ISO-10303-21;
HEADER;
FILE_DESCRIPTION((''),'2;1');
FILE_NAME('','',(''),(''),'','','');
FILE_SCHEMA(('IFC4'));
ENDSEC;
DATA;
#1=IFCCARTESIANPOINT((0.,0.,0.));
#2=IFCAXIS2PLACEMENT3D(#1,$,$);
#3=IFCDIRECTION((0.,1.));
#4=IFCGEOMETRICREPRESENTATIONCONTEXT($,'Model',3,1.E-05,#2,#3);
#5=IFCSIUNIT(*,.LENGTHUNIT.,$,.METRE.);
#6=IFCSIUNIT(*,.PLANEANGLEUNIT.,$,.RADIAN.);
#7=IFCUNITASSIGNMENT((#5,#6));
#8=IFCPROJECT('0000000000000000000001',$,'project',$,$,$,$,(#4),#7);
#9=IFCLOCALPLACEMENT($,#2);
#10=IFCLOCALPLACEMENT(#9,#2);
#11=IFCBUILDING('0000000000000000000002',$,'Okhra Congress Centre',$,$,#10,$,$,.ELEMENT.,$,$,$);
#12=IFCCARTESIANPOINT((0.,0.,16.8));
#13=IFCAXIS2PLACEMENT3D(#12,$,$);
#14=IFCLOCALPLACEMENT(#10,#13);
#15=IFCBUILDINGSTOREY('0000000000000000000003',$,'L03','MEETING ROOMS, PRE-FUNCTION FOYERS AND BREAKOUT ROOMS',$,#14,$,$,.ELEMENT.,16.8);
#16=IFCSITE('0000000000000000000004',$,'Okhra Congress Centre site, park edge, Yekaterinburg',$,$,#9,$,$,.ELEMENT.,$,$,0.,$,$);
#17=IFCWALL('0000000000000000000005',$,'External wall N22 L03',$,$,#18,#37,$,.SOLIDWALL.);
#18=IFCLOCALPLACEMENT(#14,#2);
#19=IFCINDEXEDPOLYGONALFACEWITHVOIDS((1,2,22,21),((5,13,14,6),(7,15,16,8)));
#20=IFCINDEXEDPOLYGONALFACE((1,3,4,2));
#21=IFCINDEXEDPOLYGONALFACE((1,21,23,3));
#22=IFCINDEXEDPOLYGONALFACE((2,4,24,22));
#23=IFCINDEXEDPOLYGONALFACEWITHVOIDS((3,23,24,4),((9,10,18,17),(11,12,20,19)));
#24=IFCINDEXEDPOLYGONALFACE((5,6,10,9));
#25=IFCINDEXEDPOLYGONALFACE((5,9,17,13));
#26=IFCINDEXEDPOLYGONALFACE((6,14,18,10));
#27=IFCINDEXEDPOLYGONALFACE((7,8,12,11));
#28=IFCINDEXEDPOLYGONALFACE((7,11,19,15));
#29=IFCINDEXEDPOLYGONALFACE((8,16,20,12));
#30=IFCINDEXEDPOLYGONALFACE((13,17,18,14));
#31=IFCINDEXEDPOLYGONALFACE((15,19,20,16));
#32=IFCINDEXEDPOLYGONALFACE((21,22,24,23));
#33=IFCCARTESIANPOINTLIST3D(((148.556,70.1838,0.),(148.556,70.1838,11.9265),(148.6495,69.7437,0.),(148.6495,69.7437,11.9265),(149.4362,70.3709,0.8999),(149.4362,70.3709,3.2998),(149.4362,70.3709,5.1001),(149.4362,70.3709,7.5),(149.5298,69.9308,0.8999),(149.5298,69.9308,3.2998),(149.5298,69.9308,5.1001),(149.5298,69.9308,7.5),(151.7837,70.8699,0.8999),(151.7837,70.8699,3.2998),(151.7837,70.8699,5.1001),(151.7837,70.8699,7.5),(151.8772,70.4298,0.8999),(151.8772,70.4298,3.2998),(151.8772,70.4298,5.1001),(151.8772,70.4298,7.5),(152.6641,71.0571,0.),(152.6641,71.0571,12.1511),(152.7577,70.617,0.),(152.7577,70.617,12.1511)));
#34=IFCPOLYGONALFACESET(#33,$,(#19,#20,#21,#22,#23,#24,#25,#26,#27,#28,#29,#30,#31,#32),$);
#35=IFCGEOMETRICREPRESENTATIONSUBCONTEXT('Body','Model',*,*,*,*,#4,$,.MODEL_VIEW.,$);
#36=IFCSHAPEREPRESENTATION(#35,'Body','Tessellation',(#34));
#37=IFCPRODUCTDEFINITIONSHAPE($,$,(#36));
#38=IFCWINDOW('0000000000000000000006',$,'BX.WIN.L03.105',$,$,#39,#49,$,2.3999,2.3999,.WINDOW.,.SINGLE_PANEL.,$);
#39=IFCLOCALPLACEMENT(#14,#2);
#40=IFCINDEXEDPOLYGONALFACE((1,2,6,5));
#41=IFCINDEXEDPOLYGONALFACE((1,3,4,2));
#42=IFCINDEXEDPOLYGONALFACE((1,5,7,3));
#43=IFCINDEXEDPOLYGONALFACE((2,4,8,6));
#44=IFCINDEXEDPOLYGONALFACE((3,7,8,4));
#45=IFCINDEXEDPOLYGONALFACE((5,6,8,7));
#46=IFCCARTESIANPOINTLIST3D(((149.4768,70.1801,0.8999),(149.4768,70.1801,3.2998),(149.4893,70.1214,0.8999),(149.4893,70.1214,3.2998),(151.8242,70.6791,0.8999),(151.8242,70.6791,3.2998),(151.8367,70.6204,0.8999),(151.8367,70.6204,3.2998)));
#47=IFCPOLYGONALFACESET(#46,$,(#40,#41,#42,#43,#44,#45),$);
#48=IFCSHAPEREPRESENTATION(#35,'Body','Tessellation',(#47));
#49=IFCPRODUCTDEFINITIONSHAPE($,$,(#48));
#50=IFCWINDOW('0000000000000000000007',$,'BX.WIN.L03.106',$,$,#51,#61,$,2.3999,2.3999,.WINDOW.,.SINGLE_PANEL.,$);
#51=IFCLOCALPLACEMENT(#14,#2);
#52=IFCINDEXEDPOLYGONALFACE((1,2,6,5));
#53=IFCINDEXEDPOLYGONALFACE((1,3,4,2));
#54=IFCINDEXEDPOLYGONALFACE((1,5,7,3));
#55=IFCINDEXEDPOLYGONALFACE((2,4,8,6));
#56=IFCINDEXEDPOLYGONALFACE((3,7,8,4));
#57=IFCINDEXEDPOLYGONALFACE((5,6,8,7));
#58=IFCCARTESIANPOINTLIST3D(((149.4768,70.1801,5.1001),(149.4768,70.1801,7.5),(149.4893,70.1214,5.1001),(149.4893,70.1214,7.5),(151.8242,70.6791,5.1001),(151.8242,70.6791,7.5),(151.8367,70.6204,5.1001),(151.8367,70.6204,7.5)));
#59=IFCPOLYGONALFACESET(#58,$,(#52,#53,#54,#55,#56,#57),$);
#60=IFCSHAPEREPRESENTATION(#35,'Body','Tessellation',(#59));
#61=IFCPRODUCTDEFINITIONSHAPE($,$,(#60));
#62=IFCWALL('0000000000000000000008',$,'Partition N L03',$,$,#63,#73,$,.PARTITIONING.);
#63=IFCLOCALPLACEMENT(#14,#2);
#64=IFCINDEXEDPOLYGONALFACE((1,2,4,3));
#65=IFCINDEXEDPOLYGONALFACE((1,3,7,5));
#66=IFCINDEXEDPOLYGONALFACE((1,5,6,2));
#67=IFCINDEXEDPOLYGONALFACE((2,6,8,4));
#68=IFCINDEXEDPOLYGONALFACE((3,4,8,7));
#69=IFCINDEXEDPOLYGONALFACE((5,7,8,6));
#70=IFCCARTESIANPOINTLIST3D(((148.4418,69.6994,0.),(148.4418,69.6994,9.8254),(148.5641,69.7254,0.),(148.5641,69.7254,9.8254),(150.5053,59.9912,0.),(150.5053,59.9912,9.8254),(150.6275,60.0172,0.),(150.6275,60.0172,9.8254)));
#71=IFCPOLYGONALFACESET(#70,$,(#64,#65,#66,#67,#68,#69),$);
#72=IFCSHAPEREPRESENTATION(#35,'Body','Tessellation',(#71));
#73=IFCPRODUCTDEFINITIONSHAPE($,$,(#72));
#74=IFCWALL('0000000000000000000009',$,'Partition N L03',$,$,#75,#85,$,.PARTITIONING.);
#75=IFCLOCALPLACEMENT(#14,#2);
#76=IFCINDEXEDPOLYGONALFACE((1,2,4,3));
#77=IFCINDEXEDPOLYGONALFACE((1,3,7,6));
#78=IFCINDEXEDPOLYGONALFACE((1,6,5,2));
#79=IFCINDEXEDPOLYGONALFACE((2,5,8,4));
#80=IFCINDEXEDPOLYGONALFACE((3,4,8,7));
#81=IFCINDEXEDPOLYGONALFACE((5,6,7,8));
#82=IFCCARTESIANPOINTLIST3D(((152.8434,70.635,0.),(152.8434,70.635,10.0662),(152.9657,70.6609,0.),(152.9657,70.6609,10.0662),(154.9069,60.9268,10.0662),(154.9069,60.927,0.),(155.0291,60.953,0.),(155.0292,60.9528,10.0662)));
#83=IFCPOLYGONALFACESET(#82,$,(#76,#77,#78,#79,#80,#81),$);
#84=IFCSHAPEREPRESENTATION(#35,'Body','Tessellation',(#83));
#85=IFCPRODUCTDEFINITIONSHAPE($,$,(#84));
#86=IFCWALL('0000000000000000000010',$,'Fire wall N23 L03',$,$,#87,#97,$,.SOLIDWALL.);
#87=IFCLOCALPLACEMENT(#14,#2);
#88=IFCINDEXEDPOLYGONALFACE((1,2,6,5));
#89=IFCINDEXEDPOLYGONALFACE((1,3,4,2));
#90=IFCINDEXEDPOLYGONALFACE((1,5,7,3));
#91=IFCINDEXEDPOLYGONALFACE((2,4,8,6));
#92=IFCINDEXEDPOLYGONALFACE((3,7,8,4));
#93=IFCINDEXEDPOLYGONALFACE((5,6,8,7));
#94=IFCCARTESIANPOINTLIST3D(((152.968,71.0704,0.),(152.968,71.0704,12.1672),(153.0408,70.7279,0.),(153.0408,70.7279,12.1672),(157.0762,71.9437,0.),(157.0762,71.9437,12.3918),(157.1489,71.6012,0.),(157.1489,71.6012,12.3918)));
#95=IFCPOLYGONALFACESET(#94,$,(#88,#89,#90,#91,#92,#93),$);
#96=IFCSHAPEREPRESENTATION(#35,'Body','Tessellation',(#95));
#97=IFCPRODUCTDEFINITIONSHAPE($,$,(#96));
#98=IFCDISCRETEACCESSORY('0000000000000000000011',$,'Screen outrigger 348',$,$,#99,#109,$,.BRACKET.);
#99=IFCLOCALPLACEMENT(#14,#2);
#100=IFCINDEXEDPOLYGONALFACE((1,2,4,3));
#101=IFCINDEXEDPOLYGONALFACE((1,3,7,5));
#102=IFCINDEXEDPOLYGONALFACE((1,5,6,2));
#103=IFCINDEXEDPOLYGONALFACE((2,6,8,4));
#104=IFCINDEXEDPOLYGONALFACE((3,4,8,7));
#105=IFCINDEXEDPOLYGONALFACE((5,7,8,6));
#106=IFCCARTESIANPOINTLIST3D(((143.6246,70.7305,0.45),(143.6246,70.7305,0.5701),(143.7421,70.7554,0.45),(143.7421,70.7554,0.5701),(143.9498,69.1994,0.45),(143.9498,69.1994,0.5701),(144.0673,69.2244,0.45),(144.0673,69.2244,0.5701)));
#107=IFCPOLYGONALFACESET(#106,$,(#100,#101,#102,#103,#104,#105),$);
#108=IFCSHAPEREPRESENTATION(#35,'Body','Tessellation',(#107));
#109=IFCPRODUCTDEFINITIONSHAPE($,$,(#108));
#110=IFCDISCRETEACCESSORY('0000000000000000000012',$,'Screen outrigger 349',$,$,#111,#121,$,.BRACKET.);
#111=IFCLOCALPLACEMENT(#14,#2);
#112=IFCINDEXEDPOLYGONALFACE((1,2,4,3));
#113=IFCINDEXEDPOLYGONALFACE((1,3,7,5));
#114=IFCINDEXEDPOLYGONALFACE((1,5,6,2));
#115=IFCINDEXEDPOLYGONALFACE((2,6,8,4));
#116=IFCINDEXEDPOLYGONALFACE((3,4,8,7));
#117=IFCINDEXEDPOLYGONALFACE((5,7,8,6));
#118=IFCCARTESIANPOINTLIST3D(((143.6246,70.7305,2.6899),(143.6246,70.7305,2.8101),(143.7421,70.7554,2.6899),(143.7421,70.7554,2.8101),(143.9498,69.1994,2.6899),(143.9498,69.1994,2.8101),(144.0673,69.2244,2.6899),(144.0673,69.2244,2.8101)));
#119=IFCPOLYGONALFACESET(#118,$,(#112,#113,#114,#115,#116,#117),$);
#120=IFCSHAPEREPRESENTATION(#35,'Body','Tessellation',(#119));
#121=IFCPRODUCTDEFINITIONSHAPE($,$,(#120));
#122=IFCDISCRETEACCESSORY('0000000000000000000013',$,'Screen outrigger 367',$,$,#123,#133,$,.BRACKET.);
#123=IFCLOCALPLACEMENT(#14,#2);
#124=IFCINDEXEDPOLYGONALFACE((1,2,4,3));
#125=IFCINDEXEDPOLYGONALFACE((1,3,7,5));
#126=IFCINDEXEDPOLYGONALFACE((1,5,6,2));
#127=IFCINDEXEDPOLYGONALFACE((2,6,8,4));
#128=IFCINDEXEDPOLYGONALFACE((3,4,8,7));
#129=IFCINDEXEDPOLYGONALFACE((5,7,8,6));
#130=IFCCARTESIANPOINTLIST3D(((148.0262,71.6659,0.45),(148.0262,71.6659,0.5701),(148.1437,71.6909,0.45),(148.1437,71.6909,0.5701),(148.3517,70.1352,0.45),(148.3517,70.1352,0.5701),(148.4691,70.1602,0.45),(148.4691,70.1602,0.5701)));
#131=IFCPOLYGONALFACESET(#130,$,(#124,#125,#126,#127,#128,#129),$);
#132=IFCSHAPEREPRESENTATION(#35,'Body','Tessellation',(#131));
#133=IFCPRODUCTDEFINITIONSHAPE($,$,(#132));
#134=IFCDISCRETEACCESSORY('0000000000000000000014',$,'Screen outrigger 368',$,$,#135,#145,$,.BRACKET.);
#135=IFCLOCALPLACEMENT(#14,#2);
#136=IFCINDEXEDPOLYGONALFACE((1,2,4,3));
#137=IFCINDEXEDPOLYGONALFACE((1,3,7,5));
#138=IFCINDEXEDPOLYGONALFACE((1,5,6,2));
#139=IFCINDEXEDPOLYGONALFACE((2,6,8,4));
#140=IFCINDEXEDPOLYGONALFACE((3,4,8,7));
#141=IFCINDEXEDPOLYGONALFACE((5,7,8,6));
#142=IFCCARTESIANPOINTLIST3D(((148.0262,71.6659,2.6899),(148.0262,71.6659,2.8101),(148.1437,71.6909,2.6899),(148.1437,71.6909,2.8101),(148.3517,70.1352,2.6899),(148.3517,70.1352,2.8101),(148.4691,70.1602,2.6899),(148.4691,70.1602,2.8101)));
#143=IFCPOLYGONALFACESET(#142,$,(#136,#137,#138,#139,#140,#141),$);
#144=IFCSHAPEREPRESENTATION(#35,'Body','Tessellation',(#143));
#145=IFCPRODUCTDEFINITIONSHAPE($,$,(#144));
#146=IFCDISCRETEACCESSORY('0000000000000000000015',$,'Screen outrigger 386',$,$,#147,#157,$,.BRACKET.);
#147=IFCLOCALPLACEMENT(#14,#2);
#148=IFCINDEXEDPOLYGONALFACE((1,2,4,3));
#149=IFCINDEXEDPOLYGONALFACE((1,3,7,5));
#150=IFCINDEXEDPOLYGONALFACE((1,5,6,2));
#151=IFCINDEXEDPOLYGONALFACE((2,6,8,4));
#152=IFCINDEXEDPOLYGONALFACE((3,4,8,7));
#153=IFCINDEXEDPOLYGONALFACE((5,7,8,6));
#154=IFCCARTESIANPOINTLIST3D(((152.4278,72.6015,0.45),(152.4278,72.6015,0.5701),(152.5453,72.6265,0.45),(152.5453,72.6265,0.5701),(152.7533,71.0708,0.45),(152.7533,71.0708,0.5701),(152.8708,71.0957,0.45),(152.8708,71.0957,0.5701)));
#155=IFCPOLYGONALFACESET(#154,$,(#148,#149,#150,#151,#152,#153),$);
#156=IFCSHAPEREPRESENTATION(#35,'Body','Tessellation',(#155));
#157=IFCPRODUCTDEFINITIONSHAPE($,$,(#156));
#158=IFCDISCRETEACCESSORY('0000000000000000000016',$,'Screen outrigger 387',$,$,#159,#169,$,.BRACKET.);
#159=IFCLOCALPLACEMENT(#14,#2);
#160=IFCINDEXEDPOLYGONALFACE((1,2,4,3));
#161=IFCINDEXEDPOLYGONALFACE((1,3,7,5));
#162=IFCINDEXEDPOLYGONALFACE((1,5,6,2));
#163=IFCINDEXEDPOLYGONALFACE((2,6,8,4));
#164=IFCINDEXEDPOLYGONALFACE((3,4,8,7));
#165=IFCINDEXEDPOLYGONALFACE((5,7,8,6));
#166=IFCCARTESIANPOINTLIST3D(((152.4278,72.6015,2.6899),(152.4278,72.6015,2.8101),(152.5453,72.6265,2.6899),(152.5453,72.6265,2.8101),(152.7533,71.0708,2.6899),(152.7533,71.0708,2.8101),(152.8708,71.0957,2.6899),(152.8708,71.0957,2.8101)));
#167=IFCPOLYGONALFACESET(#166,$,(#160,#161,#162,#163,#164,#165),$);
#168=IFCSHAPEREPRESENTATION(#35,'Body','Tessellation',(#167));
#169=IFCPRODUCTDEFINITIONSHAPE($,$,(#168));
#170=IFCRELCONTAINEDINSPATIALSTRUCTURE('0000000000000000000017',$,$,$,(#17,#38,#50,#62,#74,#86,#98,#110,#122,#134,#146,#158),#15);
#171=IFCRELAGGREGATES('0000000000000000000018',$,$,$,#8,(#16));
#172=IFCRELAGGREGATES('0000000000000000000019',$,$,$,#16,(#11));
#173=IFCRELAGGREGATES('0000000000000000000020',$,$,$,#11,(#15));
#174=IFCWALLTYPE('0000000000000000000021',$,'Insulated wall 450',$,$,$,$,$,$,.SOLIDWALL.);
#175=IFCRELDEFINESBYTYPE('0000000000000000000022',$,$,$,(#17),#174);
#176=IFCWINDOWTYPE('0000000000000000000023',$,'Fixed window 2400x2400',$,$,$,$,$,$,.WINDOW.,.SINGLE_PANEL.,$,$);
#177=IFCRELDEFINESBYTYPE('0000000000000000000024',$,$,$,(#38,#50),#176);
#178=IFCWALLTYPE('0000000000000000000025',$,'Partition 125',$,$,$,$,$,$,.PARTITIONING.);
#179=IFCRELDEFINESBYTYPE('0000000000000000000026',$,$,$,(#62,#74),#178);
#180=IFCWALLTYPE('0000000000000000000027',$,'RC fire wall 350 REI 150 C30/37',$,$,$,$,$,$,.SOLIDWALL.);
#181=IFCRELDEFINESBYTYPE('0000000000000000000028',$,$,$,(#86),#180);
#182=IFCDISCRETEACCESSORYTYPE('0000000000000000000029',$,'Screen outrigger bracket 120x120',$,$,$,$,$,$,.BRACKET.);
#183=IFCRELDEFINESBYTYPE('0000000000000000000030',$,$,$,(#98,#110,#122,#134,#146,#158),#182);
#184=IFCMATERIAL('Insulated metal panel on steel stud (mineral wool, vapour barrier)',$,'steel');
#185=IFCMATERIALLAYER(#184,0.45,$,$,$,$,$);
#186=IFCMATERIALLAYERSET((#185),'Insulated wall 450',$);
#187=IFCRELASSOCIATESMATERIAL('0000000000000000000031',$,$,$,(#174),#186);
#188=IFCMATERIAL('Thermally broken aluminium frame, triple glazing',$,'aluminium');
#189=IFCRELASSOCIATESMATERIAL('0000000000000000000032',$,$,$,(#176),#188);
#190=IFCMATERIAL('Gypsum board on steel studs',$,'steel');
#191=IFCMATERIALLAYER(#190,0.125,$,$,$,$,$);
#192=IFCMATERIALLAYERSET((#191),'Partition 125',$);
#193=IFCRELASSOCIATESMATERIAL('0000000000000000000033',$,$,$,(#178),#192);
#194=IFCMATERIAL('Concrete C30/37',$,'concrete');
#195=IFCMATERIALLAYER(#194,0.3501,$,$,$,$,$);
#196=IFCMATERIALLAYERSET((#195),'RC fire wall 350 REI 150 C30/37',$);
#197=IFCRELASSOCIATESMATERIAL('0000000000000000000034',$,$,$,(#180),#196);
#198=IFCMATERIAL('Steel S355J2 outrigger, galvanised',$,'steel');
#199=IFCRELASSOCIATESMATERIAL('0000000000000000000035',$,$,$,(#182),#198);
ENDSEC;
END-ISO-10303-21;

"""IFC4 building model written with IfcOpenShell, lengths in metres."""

from ifc_helpers import new_model, si_unit, direction, frame, frame_2d, origin, origin_2d, place, context, subcontext, project, spatial, polyline, rectangle, outline, extrude, material, layer, layer_set, material_profile, profile_set, type_object, element, fill, save


model = new_model("IFC4")

# Units and contexts
model_context = context("Model", 3, precision=1e-05, world=origin(), true_north=direction((0.0, 1.0)))
body_context = subcontext(model_context, "Body", "Model", "MODEL_VIEW")
ifc_project = project(units=[si_unit("LENGTHUNIT", "METRE"), si_unit("PLANEANGLEUNIT", "RADIAN")], contexts=[model_context])

# Site, building, storey
site_placement = place(None, origin())
site = spatial("IfcSite", under=ifc_project, at=site_placement, Name="Okhra Congress Centre site, park edge, Yekaterinburg", CompositionType="ELEMENT", RefElevation=0.0)
building_placement = place(site_placement, origin())
building = spatial("IfcBuilding", under=site, at=building_placement, Name="Okhra Congress Centre", CompositionType="ELEMENT")
storey_placement = place(building_placement, frame((0.0, 0.0, 16.8)))
storey = spatial("IfcBuildingStorey", under=building, at=storey_placement, Name="L03", Description="MEETING ROOMS, PRE-FUNCTION FOYERS AND BREAKOUT ROOMS", CompositionType="ELEMENT", Elevation=16.8)

# Wall, openings, windows
ifc_material_1 = material(Name="Insulated metal panel on steel stud (mineral wool, vapour barrier)", Category="steel")
ifc_layer_1 = layer(ifc_material_1, 0.45)
ifc_layer_set_1 = layer_set([ifc_layer_1], Name="Insulated wall 450")
wall_type_1 = type_object("IfcWallType", Name="Insulated wall 450", PredefinedType="SOLIDWALL", material=ifc_layer_set_1)
ifc_material_2 = material(Name="Thermally broken aluminium frame, triple glazing", Category="aluminium")
window_type = type_object("IfcWindowType", Name="Fixed window 2400x2400", PartitioningType="SINGLE_PANEL", PredefinedType="WINDOW", material=ifc_material_2)
wall_1_placement = place(storey_placement, frame((148.6028, 69.9636, 0.0), z_axis=(0.0, 0.0, 1.0), x_axis=(0.978144, 0.207929, 0.0)))
wall_1 = element("IfcWall", 1, at=wall_1_placement, inside=storey, type_object=wall_type_1, Name="External wall N22 L03", PredefinedType="SOLIDWALL", context=body_context, shape_type="SweptSolid", body=[
    extrude(outline(polyline([(0.0, 0.0), (4.2, 0.0), (4.2, 12.1511), (0.0, 11.9265), (0.0, 0.0)])), frame((0.0, 0.2251, 0.0), z_axis=(0.0, -1.0, 0.0), x_axis=(1.0, 0.0, 0.0)), (0.0, 0.0, 1.0), 0.45),
])
opening_1_placement = place(wall_1_placement, frame((0.8999, 0.0, 0.8999)))
opening_1 = element("IfcOpeningElement", 2, at=opening_1_placement, cuts=wall_1, PredefinedType="OPENING", context=body_context, shape_type="SweptSolid", body=[
    extrude(rectangle(XDim=2.3999, YDim=2.3999, at=frame_2d((1.2, 1.2))), frame((0.0, 0.2349, 0.0), z_axis=(0.0, -1.0, 0.0), x_axis=(1.0, 0.0, 0.0)), (0.0, 0.0, 1.0), 0.47),
])
opening_2_placement = place(wall_1_placement, frame((0.8999, 0.0, 5.1001)))
opening_2 = element("IfcOpeningElement", 3, at=opening_2_placement, cuts=wall_1, PredefinedType="OPENING", context=body_context, shape_type="SweptSolid", body=[
    extrude(rectangle(XDim=2.3999, YDim=2.3999, at=frame_2d((1.2, 1.2))), frame((0.0, 0.2349, 0.0), z_axis=(0.0, -1.0, 0.0), x_axis=(1.0, 0.0, 0.0)), (0.0, 0.0, 1.0), 0.47),
])
window_1_placement = place(opening_1_placement, origin())
window_1 = element("IfcWindow", 4, at=window_1_placement, inside=storey, type_object=window_type, Name="BX.WIN.L03.105", OverallHeight=2.3999, OverallWidth=2.3999, PartitioningType="SINGLE_PANEL", PredefinedType="WINDOW", context=body_context, shape_type="SweptSolid", body=[
    extrude(rectangle(XDim=2.3999, YDim=2.3999, at=frame_2d((1.2, 1.2))), frame((0.0, 0.03, 0.0), z_axis=(0.0, -1.0, 0.0), x_axis=(1.0, 0.0, 0.0)), (0.0, 0.0, 1.0), 0.0601),
])
fill(opening_1, window_1)
window_2_placement = place(opening_2_placement, origin())
window_2 = element("IfcWindow", 5, at=window_2_placement, inside=storey, type_object=window_type, Name="BX.WIN.L03.106", OverallHeight=2.3999, OverallWidth=2.3999, PartitioningType="SINGLE_PANEL", PredefinedType="WINDOW", context=body_context, shape_type="SweptSolid", body=[
    extrude(rectangle(XDim=2.3999, YDim=2.3999, at=frame_2d((1.2, 1.2))), frame((0.0, 0.03, 0.0), z_axis=(0.0, -1.0, 0.0), x_axis=(1.0, 0.0, 0.0)), (0.0, 0.0, 1.0), 0.0601),
])
fill(opening_2, window_2)

# Walls
ifc_material_3 = material(Name="Gypsum board on steel studs", Category="steel")
ifc_layer_2 = layer(ifc_material_3, 0.125)
ifc_layer_set_2 = layer_set([ifc_layer_2], Name="Partition 125")
wall_type_2 = type_object("IfcWallType", Name="Partition 125", PredefinedType="PARTITIONING", material=ifc_layer_set_2)
wall_2_placement = place(storey_placement, frame((148.5029, 69.7124, 0.0), z_axis=(0.0, 0.0, 1.0), x_axis=(0.207904, -0.978149, 0.0)))
element("IfcWall", 6, at=wall_2_placement, inside=storey, type_object=wall_type_2, Name="Partition N L03", PredefinedType="PARTITIONING", context=body_context, shape_type="SweptSolid", body=[
    extrude(outline(polyline([(0.0, 0.0), (9.925, 0.0), (9.925, 9.8254), (0.0, 9.8254), (0.0, 0.0)])), frame((0.0, 0.0625, 0.0), z_axis=(0.0, -1.0, 0.0), x_axis=(1.0, 0.0, 0.0)), (0.0, 0.0, 1.0), 0.125),
])
wall_3_placement = place(storey_placement, frame((152.9045, 70.6479, 0.0), z_axis=(0.0, 0.0, 1.0), x_axis=(0.207909, -0.978148, 0.0)))
element("IfcWall", 7, at=wall_3_placement, inside=storey, type_object=wall_type_2, Name="Partition N L03", PredefinedType="PARTITIONING", context=body_context, shape_type="SweptSolid", body=[
    extrude(outline(polyline([(0.0, 0.0), (9.9248, 0.0), (9.925, 10.0662), (0.0, 10.0662), (0.0, 0.0)])), frame((0.0, 0.0625, 0.0), z_axis=(0.0, -1.0, 0.0), x_axis=(1.0, 0.0, 0.0)), (0.0, 0.0, 1.0), 0.125),
])
ifc_material_4 = material(Name="Concrete C30/37", Category="concrete")
ifc_layer_3 = layer(ifc_material_4, 0.3501)
ifc_layer_set_3 = layer_set([ifc_layer_3], Name="RC fire wall 350 REI 150 C30/37")
wall_type_3 = type_object("IfcWallType", Name="RC fire wall 350 REI 150 C30/37", PredefinedType="SOLIDWALL", material=ifc_layer_set_3)
wall_4_placement = place(storey_placement, frame((153.0044, 70.8992, 0.0), z_axis=(0.0, 0.0, 1.0), x_axis=(0.978144, 0.207929, 0.0)))
element("IfcWall", 8, at=wall_4_placement, inside=storey, type_object=wall_type_3, Name="Fire wall N23 L03", PredefinedType="SOLIDWALL", context=body_context, shape_type="SweptSolid", body=[
    extrude(outline(polyline([(0.0, 0.0), (4.2, 0.0), (4.2, 12.3918), (0.0, 12.1672), (0.0, 0.0)])), frame((0.0, 0.175, 0.0), z_axis=(0.0, -1.0, 0.0), x_axis=(1.0, 0.0, 0.0)), (0.0, 0.0, 1.0), 0.3501),
])

# Discrete accessories
ifc_material_5 = material(Name="Steel S355J2 outrigger, galvanised", Category="steel")
ifc_material_profile_1 = material_profile(ifc_material_5, rectangle(XDim=0.1201, YDim=0.1201, at=origin_2d()), Name="Screen outrigger bracket 120x120")
ifc_profile_set_1 = profile_set([ifc_material_profile_1], Name="Steel S355J2 outrigger, galvanised")
discrete_accessory_type = type_object("IfcDiscreteAccessoryType", Name="Screen outrigger bracket 120x120", PredefinedType="BRACKET", material=ifc_profile_set_1)
for number, where, z_axis, x_axis, name in (
    (9, (144.0085, 69.2119, 0.51), (-0.207771, 0.978177, 0.0), (-0.978177, -0.207771, 0.0), "Screen outrigger 348"),
    (10, (144.0085, 69.2119, 2.75), (-0.207771, 0.978177, 0.0), (-0.978177, -0.207771, 0.0), "Screen outrigger 349"),
):
    element("IfcDiscreteAccessory", number, at=place(storey_placement, frame(where, z_axis=z_axis, x_axis=x_axis)), inside=storey, type_object=discrete_accessory_type, Name=name, PredefinedType="BRACKET", context=body_context, shape_type="SweptSolid", body=[
        extrude(rectangle(XDim=0.1201, YDim=0.1201, at=origin_2d()), origin(), (0.0, 0.0, 1.0), 1.5652),
    ])
for number, where, z_axis, x_axis, name in (
    (11, (148.4104, 70.1477, 0.51), (-0.207952, 0.978139, 0.0), (-0.978139, -0.207952, 0.0), "Screen outrigger 367"),
    (12, (148.4104, 70.1477, 2.75), (-0.207952, 0.978139, 0.0), (-0.978139, -0.207952, 0.0), "Screen outrigger 368"),
    (13, (152.812, 71.0833, 0.51), (-0.207952, 0.978139, 0.0), (-0.978139, -0.207952, 0.0), "Screen outrigger 386"),
    (14, (152.812, 71.0833, 2.75), (-0.207952, 0.978139, 0.0), (-0.978139, -0.207952, 0.0), "Screen outrigger 387"),
):
    element("IfcDiscreteAccessory", number, at=place(storey_placement, frame(where, z_axis=z_axis, x_axis=x_axis)), inside=storey, type_object=discrete_accessory_type, Name=name, PredefinedType="BRACKET", context=body_context, shape_type="SweptSolid", body=[
        extrude(rectangle(XDim=0.1201, YDim=0.1201, at=origin_2d()), origin(), (0.0, 0.0, 1.0), 1.5649),
    ])

save(model, "model.ifc")
